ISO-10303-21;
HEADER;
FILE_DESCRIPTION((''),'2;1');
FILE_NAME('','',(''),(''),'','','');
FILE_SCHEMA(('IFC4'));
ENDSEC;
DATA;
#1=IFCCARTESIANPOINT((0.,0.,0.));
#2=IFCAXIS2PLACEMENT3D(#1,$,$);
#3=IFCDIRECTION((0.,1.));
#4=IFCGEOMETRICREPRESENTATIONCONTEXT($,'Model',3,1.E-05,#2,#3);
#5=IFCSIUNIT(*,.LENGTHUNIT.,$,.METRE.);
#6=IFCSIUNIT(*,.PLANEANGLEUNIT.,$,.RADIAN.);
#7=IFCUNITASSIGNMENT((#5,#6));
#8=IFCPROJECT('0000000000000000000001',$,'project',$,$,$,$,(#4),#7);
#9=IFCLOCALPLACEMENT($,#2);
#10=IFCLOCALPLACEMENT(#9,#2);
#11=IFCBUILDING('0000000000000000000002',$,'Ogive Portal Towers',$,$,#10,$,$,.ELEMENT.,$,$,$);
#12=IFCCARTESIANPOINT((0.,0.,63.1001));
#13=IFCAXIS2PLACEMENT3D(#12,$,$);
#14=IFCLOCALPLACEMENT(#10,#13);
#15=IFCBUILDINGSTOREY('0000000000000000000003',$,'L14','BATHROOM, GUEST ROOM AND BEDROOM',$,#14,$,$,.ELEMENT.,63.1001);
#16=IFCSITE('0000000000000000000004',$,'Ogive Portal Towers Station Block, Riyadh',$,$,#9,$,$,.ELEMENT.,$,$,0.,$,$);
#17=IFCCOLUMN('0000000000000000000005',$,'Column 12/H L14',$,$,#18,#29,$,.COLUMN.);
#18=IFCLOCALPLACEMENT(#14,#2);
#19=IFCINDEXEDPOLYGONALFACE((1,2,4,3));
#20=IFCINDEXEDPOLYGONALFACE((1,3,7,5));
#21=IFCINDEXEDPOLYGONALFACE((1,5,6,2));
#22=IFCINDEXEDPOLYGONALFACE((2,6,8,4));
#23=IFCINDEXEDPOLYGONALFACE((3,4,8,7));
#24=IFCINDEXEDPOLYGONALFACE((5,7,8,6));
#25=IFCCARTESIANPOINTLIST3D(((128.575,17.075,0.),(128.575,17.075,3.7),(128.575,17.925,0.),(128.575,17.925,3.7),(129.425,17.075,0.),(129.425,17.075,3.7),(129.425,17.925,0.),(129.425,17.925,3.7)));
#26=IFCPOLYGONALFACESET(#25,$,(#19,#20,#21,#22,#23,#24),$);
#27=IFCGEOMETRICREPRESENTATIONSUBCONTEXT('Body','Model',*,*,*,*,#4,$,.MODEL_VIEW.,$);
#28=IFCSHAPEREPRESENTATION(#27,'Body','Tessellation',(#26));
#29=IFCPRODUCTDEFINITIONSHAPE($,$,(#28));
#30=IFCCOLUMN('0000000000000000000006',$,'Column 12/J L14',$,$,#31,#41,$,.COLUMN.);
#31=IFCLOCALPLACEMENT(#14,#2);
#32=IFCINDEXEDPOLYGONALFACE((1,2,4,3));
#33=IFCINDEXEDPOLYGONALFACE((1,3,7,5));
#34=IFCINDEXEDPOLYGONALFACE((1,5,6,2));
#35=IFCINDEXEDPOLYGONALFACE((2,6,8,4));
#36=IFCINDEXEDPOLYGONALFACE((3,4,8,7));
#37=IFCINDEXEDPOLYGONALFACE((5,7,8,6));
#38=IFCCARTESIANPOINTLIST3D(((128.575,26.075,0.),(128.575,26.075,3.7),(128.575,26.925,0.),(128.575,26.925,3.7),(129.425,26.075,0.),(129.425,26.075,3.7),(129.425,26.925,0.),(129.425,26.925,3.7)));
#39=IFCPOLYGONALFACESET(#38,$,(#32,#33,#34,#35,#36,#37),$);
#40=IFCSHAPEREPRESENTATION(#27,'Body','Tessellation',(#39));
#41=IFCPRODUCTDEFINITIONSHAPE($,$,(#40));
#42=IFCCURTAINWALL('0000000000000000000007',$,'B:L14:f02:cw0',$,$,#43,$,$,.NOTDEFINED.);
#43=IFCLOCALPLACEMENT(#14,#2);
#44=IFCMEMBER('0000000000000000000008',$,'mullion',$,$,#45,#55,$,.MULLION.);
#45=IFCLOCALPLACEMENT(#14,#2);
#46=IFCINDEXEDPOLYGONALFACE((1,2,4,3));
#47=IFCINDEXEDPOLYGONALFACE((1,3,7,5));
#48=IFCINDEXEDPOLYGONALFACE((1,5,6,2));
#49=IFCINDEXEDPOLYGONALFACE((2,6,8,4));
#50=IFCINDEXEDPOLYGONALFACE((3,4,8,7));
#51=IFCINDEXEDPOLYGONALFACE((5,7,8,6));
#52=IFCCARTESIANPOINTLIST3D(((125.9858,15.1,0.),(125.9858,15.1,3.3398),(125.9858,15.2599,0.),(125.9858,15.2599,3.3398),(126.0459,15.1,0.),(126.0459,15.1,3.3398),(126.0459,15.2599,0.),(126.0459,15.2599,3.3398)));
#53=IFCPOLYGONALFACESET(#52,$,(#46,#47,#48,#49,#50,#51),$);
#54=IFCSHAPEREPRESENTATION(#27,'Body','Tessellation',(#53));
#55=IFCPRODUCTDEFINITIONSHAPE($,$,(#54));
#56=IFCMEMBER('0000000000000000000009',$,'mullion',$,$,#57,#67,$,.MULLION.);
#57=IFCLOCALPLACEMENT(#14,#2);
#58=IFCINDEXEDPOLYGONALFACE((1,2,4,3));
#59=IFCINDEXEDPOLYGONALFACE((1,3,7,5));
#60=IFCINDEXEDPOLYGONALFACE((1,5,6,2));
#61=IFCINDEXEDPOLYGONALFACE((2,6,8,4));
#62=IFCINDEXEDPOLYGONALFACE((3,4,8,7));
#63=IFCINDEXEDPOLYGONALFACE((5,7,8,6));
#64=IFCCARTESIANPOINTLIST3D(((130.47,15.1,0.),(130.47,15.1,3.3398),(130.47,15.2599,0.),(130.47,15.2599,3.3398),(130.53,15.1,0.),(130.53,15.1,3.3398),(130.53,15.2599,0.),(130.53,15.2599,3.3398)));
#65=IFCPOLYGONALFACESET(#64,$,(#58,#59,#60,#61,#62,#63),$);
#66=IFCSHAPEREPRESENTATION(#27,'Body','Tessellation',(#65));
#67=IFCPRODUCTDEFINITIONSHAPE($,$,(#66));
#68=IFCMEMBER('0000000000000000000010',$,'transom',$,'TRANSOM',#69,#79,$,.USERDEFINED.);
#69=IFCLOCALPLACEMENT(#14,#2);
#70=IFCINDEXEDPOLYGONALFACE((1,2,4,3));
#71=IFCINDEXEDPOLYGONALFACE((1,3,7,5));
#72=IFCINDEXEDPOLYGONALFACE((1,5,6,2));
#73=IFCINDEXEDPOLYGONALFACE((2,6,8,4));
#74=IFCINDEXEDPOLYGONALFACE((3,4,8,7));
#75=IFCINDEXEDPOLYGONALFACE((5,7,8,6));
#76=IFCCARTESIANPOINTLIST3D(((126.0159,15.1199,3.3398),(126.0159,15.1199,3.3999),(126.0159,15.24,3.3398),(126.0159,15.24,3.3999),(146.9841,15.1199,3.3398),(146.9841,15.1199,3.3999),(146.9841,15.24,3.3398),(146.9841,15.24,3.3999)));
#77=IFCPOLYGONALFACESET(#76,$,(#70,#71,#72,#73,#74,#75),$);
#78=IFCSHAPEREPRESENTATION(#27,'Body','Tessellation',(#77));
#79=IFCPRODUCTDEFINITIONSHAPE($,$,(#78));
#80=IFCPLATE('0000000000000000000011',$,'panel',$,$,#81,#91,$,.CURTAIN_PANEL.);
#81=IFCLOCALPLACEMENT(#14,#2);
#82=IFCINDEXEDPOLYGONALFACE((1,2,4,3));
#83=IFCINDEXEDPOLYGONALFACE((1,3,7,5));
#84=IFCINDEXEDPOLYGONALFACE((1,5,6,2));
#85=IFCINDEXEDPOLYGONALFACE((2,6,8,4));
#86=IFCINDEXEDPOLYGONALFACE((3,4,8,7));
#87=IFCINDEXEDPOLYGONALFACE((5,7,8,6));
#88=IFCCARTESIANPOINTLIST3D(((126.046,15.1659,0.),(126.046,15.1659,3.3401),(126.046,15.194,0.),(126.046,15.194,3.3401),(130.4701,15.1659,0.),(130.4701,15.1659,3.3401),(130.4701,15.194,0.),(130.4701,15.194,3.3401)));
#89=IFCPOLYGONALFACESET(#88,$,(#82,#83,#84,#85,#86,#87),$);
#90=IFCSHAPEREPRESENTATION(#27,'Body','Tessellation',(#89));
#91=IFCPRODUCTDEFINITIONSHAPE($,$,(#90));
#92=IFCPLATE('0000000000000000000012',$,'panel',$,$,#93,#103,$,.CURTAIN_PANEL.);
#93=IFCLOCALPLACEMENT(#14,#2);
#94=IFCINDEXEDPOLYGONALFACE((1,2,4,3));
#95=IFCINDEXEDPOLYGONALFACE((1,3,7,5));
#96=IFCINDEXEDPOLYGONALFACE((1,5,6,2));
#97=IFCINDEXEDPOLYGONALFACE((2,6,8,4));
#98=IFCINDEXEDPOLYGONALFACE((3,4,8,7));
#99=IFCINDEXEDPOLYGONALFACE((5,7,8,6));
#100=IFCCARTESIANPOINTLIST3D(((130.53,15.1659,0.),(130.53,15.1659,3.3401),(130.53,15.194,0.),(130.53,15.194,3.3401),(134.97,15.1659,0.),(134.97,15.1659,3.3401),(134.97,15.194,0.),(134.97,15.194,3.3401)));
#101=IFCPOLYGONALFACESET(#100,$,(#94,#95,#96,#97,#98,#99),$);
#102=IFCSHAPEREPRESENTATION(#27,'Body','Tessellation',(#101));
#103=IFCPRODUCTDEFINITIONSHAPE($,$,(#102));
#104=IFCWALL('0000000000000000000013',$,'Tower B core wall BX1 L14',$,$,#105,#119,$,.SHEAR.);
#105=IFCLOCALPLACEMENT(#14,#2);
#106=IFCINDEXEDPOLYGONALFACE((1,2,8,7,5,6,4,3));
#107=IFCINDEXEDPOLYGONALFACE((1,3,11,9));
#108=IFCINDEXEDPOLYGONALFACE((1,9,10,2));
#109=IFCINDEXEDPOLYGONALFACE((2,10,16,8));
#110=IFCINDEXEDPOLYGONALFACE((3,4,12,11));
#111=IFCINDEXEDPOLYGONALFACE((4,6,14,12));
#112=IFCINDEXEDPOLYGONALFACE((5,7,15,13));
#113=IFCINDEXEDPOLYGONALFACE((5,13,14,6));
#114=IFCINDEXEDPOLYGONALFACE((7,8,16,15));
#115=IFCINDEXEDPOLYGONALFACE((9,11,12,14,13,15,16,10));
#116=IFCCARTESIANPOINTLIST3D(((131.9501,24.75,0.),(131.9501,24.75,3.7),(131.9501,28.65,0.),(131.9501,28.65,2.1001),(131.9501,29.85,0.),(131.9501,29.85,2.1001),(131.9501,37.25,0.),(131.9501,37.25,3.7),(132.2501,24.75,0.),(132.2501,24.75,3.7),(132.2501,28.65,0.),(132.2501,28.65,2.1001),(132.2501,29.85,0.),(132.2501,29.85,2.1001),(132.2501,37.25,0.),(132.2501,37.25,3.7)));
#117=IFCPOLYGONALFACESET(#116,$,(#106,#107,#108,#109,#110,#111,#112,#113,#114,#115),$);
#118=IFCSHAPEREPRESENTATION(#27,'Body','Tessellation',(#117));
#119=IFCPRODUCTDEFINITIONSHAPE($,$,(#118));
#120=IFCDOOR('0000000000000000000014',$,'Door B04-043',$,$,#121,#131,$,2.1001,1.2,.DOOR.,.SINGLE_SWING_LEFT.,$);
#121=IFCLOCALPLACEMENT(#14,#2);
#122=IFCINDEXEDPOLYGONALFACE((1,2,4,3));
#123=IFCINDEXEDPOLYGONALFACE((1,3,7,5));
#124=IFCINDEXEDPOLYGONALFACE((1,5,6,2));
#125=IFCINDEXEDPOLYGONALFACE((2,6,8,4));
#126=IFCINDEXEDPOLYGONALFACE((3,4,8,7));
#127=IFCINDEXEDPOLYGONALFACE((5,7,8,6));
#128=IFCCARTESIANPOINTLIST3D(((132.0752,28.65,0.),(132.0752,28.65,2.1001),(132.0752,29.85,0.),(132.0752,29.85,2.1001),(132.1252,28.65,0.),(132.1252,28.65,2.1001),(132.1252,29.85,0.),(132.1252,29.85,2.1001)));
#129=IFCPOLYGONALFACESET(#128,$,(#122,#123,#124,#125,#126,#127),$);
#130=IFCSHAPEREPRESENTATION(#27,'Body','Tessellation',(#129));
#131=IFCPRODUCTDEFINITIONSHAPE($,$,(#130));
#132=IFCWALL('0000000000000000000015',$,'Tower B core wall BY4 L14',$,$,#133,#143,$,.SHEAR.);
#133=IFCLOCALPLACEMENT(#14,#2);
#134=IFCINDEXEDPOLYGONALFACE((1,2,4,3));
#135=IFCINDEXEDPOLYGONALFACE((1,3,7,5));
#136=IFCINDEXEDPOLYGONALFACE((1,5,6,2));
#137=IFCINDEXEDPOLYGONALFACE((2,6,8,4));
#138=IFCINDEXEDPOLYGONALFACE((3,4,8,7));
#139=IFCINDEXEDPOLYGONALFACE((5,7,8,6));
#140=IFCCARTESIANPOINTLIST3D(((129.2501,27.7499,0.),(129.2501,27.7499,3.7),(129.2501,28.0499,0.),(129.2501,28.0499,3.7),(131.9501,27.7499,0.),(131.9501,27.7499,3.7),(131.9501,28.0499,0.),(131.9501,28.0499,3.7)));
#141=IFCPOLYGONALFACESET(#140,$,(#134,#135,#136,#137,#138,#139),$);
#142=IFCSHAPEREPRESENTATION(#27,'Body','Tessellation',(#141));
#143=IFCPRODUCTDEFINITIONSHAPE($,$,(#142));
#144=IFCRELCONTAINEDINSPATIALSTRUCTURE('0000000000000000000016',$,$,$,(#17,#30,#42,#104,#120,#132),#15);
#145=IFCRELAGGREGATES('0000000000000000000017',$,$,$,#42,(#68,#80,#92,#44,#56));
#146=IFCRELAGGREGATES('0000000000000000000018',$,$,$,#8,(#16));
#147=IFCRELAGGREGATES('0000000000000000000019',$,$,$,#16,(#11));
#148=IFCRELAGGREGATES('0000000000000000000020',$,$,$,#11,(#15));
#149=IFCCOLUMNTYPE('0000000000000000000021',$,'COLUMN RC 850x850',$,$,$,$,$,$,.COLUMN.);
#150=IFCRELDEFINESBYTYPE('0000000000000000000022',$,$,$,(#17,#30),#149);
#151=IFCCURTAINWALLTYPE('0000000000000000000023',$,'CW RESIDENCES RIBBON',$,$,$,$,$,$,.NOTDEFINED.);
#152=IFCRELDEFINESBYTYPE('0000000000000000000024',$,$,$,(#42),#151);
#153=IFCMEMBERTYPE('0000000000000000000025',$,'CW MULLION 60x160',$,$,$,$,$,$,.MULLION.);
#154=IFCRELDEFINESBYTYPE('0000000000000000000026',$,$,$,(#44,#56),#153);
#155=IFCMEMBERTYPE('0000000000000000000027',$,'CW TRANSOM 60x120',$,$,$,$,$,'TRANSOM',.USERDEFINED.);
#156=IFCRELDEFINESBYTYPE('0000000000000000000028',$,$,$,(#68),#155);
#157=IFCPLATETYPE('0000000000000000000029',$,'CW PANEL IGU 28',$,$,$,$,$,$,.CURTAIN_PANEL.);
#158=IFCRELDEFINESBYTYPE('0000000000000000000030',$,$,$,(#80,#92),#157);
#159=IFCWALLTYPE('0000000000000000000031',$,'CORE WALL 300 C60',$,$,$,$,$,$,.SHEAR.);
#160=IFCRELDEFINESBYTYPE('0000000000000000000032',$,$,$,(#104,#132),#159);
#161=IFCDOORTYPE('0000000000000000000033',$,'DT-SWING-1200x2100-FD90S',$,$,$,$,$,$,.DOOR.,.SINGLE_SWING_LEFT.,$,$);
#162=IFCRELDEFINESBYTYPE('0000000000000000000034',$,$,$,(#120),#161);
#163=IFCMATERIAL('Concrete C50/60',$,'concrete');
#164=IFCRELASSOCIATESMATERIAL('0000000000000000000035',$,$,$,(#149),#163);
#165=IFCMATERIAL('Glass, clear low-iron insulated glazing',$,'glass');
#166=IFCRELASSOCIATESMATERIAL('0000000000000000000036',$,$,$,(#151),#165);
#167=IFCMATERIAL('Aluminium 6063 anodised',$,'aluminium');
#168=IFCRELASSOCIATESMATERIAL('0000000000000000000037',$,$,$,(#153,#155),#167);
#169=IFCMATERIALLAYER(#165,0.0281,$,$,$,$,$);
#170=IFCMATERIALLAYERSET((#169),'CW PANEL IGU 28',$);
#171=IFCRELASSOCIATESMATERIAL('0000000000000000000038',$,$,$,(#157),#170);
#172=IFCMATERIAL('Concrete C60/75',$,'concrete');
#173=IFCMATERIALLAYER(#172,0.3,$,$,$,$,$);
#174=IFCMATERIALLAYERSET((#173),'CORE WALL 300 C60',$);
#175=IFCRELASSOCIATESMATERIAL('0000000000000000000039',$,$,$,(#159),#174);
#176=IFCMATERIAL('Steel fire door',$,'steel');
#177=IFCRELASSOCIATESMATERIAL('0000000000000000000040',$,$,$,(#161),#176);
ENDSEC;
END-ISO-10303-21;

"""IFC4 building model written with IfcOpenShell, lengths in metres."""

from ifc_helpers import new_model, si_unit, direction, frame, frame_2d, origin, origin_2d, place, context, subcontext, project, spatial, rectangle, extrude, material, layer, layer_set, material_profile, profile_set, type_object, element, fill, aggregate, save


model = new_model("IFC4")

# Units and contexts
model_context = context("Model", 3, precision=1e-05, world=origin(), true_north=direction((0.0, 1.0)))
body_context = subcontext(model_context, "Body", "Model", "MODEL_VIEW")
ifc_project = project(units=[si_unit("LENGTHUNIT", "METRE"), si_unit("PLANEANGLEUNIT", "RADIAN")], contexts=[model_context])

# Site, building, storey
site_placement = place(None, origin())
site = spatial("IfcSite", under=ifc_project, at=site_placement, Name="Ogive Portal Towers Station Block, Riyadh", CompositionType="ELEMENT", RefElevation=0.0)
building_placement = place(site_placement, origin())
building = spatial("IfcBuilding", under=site, at=building_placement, Name="Ogive Portal Towers", CompositionType="ELEMENT")
storey_placement = place(building_placement, frame((0.0, 0.0, 63.1001)))
storey = spatial("IfcBuildingStorey", under=building, at=storey_placement, Name="L14", Description="BATHROOM, GUEST ROOM AND BEDROOM", CompositionType="ELEMENT", Elevation=63.1001)

# Columns
ifc_material_1 = material(Name="Concrete C50/60", Category="concrete")
ifc_material_profile_1 = material_profile(ifc_material_1, rectangle(XDim=0.8501, YDim=0.8501, at=origin_2d()), Name="RC 850x850")
ifc_profile_set_1 = profile_set([ifc_material_profile_1], Name="Concrete C50/60")
column_type = type_object("IfcColumnType", Name="COLUMN RC 850x850", PredefinedType="COLUMN", material=ifc_profile_set_1)
for number, where, z_axis, x_axis, name in (
    (1, (129.0, 17.5, 0.0), (0.0, 0.0, 1.0), (1.0, 0.0, 0.0), "Column 12/H L14"),
    (2, (129.0, 26.5, 0.0), (0.0, 0.0, 1.0), (1.0, 0.0, 0.0), "Column 12/J L14"),
):
    element("IfcColumn", number, at=place(storey_placement, frame(where, z_axis=z_axis, x_axis=x_axis)), inside=storey, type_object=column_type, Name=name, PredefinedType="COLUMN", context=body_context, shape_type="SweptSolid", body=[
        extrude(rectangle(XDim=0.8501, YDim=0.8501, at=origin_2d()), origin(), (0.0, 0.0, 1.0), 3.7),
    ])

# Curtain wall, members, plates
ifc_material_2 = material(Name="Glass, clear low-iron insulated glazing", Category="glass")
curtain_wall_type = type_object("IfcCurtainWallType", Name="CW RESIDENCES RIBBON", PredefinedType="NOTDEFINED", material=ifc_material_2)
curtain_wall_placement = place(storey_placement, origin())
curtain_wall = element("IfcCurtainWall", 3, at=curtain_wall_placement, inside=storey, type_object=curtain_wall_type, Name="B:L14:f02:cw0", PredefinedType="NOTDEFINED")
ifc_material_3 = material(Name="Aluminium 6063 anodised", Category="aluminium")
ifc_material_profile_2 = material_profile(ifc_material_3, rectangle(XDim=0.1599, YDim=0.0601, at=origin_2d()), Name="AL 60x160")
ifc_profile_set_2 = profile_set([ifc_material_profile_2], Name="Aluminium 6063 anodised")
member_type_1 = type_object("IfcMemberType", Name="CW MULLION 60x160", PredefinedType="MULLION", material=ifc_profile_set_2)
member_1_placement = place(storey_placement, frame((126.0159, 15.1799, 0.0), z_axis=(0.0, 0.0, 1.0), x_axis=(0.0, 1.0, 0.0)))
member_1 = element("IfcMember", 4, at=member_1_placement, type_object=member_type_1, Name="mullion", PredefinedType="MULLION", context=body_context, shape_type="SweptSolid", body=[
    extrude(rectangle(XDim=0.1599, YDim=0.0601, at=origin_2d()), origin(), (0.0, 0.0, 1.0), 3.3398),
])
member_2_placement = place(storey_placement, frame((130.5, 15.1799, 0.0), z_axis=(0.0, 0.0, 1.0), x_axis=(0.0, 1.0, 0.0)))
member_2 = element("IfcMember", 5, at=member_2_placement, type_object=member_type_1, Name="mullion", PredefinedType="MULLION", context=body_context, shape_type="SweptSolid", body=[
    extrude(rectangle(XDim=0.1599, YDim=0.0601, at=origin_2d()), origin(), (0.0, 0.0, 1.0), 3.3398),
])
ifc_material_profile_3 = material_profile(ifc_material_3, rectangle(XDim=0.1201, YDim=0.0601, at=origin_2d()), Name="AL 120x60")
ifc_profile_set_3 = profile_set([ifc_material_profile_3], Name="Aluminium 6063 anodised")
member_type_2 = type_object("IfcMemberType", Name="CW TRANSOM 60x120", ElementType="TRANSOM", PredefinedType="USERDEFINED", material=ifc_profile_set_3)
member_3_placement = place(storey_placement, frame((126.0159, 15.1799, 3.3699), z_axis=(1.0, 0.0, 0.0), x_axis=(0.0, 1.0, 0.0)))
member_3 = element("IfcMember", 6, at=member_3_placement, type_object=member_type_2, Name="transom", ObjectType="TRANSOM", PredefinedType="USERDEFINED", context=body_context, shape_type="SweptSolid", body=[
    extrude(rectangle(XDim=0.1201, YDim=0.0601, at=origin_2d()), origin(), (0.0, 0.0, 1.0), 20.9683),
])
ifc_layer_1 = layer(ifc_material_2, 0.0281)
ifc_layer_set_1 = layer_set([ifc_layer_1], Name="CW PANEL IGU 28")
plate_type = type_object("IfcPlateType", Name="CW PANEL IGU 28", PredefinedType="CURTAIN_PANEL", material=ifc_layer_set_1)
plate_1_placement = place(storey_placement, frame((128.2581, 15.1799, 0.0), z_axis=(0.0, 0.0, 1.0), x_axis=(1.0, 0.0, 0.0)))
plate_1 = element("IfcPlate", 7, at=plate_1_placement, type_object=plate_type, Name="panel", PredefinedType="CURTAIN_PANEL", context=body_context, shape_type="SweptSolid", body=[
    extrude(rectangle(XDim=4.4241, YDim=0.0281, at=origin_2d()), origin(), (0.0, 0.0, 1.0), 3.3401),
])
plate_2_placement = place(storey_placement, frame((132.75, 15.1799, 0.0), z_axis=(0.0, 0.0, 1.0), x_axis=(1.0, 0.0, 0.0)))
plate_2 = element("IfcPlate", 8, at=plate_2_placement, type_object=plate_type, Name="panel", PredefinedType="CURTAIN_PANEL", context=body_context, shape_type="SweptSolid", body=[
    extrude(rectangle(XDim=4.4399, YDim=0.0281, at=origin_2d()), origin(), (0.0, 0.0, 1.0), 3.3401),
])
aggregate(curtain_wall, [member_3, plate_1, plate_2, member_1, member_2])

# Wall, opening, door
ifc_material_4 = material(Name="Concrete C60/75", Category="concrete")
ifc_layer_2 = layer(ifc_material_4, 0.3)
ifc_layer_set_2 = layer_set([ifc_layer_2], Name="CORE WALL 300 C60")
wall_type_1 = type_object("IfcWallType", Name="CORE WALL 300 C60", PredefinedType="SHEAR", material=ifc_layer_set_2)
wall_1_placement = place(storey_placement, frame((132.1001, 24.75, 0.0), z_axis=(0.0, 0.0, 1.0), x_axis=(0.0, 1.0, 0.0)))
wall_1 = element("IfcWall", 9, at=wall_1_placement, inside=storey, type_object=wall_type_1, Name="Tower B core wall BX1 L14", PredefinedType="SHEAR", context=body_context, shape_type="SweptSolid", body=[
    extrude(rectangle(XDim=12.5, YDim=0.3, at=frame_2d((6.25, 0.0))), origin(), (0.0, 0.0, 1.0), 3.7),
])
opening_1_placement = place(wall_1_placement, frame((3.8999, 0.0, 0.0)))
opening_1 = element("IfcOpeningElement", 10, at=opening_1_placement, cuts=wall_1, PredefinedType="OPENING", context=body_context, shape_type="SweptSolid", body=[
    extrude(rectangle(XDim=1.2, YDim=2.1001, at=frame_2d((0.6001, 1.05))), frame((0.0, 0.1602, 0.0), z_axis=(0.0, -1.0, 0.0), x_axis=(1.0, 0.0, 0.0)), (0.0, 0.0, 1.0), 0.3201),
])
ifc_material_5 = material(Name="Steel fire door", Category="steel")
door_type_1 = type_object("IfcDoorType", Name="DT-SWING-1200x2100-FD90S", OperationType="SINGLE_SWING_LEFT", PredefinedType="DOOR", material=ifc_material_5)
door_1_placement = place(opening_1_placement, origin())
door_1 = element("IfcDoor", 11, at=door_1_placement, inside=storey, type_object=door_type_1, Name="Door B04-043", OperationType="SINGLE_SWING_LEFT", OverallHeight=2.1001, OverallWidth=1.2, PredefinedType="DOOR", context=body_context, shape_type="SweptSolid", body=[
    extrude(rectangle(XDim=1.2, YDim=2.1001, at=frame_2d((0.6001, 1.05))), frame((0.0, 0.0249, 0.0), z_axis=(0.0, -1.0, 0.0), x_axis=(1.0, 0.0, 0.0)), (0.0, 0.0, 1.0), 0.05),
])
fill(opening_1, door_1)

# Wall
wall_2_placement = place(storey_placement, frame((129.25, 27.8999, 0.0), z_axis=(0.0, 0.0, 1.0), x_axis=(1.0, 0.0, 0.0)))
element("IfcWall", 12, at=wall_2_placement, inside=storey, type_object=wall_type_1, Name="Tower B core wall BY4 L14", PredefinedType="SHEAR", context=body_context, shape_type="SweptSolid", body=[
    extrude(rectangle(XDim=2.7, YDim=0.3, at=frame_2d((1.3501, 0.0))), origin(), (0.0, 0.0, 1.0), 3.7),
])

save(model, "model.ifc")
